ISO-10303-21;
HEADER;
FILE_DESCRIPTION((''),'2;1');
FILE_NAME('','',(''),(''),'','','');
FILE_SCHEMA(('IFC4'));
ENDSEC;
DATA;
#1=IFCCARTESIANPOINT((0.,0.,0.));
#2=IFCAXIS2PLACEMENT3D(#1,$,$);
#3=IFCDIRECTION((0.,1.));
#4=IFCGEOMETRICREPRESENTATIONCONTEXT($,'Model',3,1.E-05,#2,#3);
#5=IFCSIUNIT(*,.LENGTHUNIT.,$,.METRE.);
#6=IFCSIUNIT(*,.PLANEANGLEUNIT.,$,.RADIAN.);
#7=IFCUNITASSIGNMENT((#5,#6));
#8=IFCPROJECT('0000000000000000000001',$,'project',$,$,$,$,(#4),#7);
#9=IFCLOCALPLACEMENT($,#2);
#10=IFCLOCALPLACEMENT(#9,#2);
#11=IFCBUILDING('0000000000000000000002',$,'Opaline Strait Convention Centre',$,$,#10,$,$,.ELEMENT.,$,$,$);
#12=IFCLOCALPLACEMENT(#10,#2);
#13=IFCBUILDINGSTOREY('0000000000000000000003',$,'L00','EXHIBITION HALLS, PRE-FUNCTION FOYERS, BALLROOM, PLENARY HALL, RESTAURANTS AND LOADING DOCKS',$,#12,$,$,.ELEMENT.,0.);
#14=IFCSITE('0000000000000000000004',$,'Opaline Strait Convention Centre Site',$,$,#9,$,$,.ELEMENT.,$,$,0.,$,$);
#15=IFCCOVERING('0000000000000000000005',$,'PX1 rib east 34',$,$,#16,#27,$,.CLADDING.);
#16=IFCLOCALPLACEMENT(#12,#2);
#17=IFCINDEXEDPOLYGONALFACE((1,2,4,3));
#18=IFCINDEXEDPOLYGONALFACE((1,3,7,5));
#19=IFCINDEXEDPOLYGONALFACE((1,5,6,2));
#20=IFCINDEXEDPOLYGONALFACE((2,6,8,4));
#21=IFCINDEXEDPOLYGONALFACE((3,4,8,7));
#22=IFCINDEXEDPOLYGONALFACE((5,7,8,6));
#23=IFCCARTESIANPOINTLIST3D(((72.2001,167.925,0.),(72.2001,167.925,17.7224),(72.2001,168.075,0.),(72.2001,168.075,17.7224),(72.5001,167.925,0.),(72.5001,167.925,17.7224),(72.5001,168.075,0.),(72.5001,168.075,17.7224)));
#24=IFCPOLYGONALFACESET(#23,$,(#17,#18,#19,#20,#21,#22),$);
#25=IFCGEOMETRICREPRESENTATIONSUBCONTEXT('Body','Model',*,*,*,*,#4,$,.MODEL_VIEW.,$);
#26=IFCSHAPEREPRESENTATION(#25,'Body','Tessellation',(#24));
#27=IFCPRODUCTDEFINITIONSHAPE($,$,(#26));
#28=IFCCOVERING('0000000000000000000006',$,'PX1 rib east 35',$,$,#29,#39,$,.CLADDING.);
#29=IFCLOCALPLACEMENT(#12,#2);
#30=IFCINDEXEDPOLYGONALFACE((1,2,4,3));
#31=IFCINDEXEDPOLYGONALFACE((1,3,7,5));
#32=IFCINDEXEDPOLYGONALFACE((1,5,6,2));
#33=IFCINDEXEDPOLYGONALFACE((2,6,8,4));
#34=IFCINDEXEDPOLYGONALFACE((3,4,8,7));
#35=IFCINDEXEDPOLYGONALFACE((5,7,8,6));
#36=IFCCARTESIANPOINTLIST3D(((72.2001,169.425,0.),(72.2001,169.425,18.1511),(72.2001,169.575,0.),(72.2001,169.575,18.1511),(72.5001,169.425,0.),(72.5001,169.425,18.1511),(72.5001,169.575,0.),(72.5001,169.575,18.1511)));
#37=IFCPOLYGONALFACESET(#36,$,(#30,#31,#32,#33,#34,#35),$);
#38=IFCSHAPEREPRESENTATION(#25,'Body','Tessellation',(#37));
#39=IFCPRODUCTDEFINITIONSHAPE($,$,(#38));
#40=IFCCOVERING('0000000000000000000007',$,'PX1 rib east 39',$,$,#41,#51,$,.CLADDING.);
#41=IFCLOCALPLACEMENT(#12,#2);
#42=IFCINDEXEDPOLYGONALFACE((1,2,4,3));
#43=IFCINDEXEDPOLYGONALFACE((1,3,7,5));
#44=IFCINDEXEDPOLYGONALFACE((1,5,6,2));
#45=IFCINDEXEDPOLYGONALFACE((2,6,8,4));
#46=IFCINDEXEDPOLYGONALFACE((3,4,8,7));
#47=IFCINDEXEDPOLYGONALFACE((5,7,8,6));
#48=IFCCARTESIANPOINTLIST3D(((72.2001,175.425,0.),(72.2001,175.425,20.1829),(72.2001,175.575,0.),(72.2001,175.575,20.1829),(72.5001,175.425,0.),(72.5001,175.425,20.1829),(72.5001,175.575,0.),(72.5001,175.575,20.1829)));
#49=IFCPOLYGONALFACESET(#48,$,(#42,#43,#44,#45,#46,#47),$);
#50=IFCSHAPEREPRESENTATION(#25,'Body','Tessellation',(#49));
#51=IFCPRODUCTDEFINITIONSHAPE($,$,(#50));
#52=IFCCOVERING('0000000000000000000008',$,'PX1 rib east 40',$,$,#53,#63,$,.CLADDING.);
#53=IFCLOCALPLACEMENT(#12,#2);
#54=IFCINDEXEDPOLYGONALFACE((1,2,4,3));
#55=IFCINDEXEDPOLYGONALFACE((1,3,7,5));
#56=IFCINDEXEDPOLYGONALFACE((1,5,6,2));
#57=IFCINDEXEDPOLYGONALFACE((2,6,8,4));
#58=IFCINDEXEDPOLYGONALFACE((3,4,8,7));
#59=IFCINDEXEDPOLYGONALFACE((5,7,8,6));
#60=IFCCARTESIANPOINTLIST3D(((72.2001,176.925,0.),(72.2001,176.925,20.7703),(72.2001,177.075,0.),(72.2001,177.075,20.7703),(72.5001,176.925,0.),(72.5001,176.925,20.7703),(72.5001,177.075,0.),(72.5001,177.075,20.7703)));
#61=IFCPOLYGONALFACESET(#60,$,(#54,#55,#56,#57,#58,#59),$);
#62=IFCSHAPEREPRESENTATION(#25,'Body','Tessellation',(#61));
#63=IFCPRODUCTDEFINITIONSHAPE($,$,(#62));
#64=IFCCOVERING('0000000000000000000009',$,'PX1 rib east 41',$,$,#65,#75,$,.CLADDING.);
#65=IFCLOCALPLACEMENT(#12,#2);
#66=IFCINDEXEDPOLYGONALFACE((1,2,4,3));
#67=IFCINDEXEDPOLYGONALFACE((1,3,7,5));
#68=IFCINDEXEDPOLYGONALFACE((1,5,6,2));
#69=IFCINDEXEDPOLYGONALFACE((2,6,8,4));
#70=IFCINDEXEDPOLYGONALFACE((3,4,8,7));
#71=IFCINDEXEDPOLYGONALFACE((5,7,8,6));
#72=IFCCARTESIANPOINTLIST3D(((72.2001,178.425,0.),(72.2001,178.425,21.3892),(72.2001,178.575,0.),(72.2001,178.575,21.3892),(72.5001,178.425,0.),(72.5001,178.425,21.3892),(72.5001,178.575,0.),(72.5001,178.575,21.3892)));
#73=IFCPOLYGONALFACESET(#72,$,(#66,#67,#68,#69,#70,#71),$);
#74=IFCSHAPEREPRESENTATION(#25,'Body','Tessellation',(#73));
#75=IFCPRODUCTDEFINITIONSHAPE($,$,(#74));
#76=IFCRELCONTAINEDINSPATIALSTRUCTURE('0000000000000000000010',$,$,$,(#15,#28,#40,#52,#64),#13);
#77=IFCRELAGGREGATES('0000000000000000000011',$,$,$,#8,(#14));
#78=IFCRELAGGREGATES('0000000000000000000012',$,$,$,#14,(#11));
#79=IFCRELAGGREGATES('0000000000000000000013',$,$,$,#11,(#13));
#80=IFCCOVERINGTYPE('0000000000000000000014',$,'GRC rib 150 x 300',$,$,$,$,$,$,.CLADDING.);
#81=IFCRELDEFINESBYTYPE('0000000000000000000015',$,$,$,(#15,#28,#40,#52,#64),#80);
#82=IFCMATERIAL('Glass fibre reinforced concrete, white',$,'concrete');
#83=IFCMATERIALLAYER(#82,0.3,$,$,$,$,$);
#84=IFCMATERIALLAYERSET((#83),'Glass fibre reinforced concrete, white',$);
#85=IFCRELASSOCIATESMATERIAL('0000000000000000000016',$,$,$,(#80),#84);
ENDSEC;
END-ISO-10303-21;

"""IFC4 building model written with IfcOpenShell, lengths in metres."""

from ifc_helpers import new_model, si_unit, direction, frame, origin, origin_2d, place, context, subcontext, project, spatial, rectangle, extrude, material, layer, layer_set, type_object, element, save


model = new_model("IFC4")

# Units and contexts
model_context = context("Model", 3, precision=1e-05, world=origin(), true_north=direction((0.0, 1.0)))
body_context = subcontext(model_context, "Body", "Model", "MODEL_VIEW")
ifc_project = project(units=[si_unit("LENGTHUNIT", "METRE"), si_unit("PLANEANGLEUNIT", "RADIAN")], contexts=[model_context])

# Site, building, storey
site_placement = place(None, origin())
site = spatial("IfcSite", under=ifc_project, at=site_placement, Name="Opaline Strait Convention Centre Site", CompositionType="ELEMENT", RefElevation=0.0)
building_placement = place(site_placement, origin())
building = spatial("IfcBuilding", under=site, at=building_placement, Name="Opaline Strait Convention Centre", CompositionType="ELEMENT")
storey_placement = place(building_placement, origin())
storey = spatial("IfcBuildingStorey", under=building, at=storey_placement, Name="L00", Description="EXHIBITION HALLS, PRE-FUNCTION FOYERS, BALLROOM, PLENARY HALL, RESTAURANTS AND LOADING DOCKS", CompositionType="ELEMENT", Elevation=0.0)

# Coverings
ifc_material_1 = material(Name="Glass fibre reinforced concrete, white", Category="concrete")
ifc_layer_1 = layer(ifc_material_1, 0.3)
ifc_layer_set_1 = layer_set([ifc_layer_1], Name="Glass fibre reinforced concrete, white")
covering_type = type_object("IfcCoveringType", Name="GRC rib 150 x 300", PredefinedType="CLADDING", material=ifc_layer_set_1)
covering_1_placement = place(storey_placement, frame((72.3501, 168.0, 0.0), z_axis=(0.0, 0.0, 1.0), x_axis=(1.0, 0.0, 0.0)))
element("IfcCovering", 1, at=covering_1_placement, inside=storey, type_object=covering_type, Name="PX1 rib east 34", PredefinedType="CLADDING", context=body_context, shape_type="SweptSolid", body=[
    extrude(rectangle(XDim=0.3, YDim=0.1499, at=origin_2d()), origin(), (0.0, 0.0, 1.0), 17.7224),
])
covering_2_placement = place(storey_placement, frame((72.3501, 169.5, 0.0), z_axis=(0.0, 0.0, 1.0), x_axis=(1.0, 0.0, 0.0)))
element("IfcCovering", 2, at=covering_2_placement, inside=storey, type_object=covering_type, Name="PX1 rib east 35", PredefinedType="CLADDING", context=body_context, shape_type="SweptSolid", body=[
    extrude(rectangle(XDim=0.3, YDim=0.1499, at=origin_2d()), origin(), (0.0, 0.0, 1.0), 18.1511),
])
covering_3_placement = place(storey_placement, frame((72.3501, 175.5, 0.0), z_axis=(0.0, 0.0, 1.0), x_axis=(1.0, 0.0, 0.0)))
element("IfcCovering", 3, at=covering_3_placement, inside=storey, type_object=covering_type, Name="PX1 rib east 39", PredefinedType="CLADDING", context=body_context, shape_type="SweptSolid", body=[
    extrude(rectangle(XDim=0.3, YDim=0.1499, at=origin_2d()), origin(), (0.0, 0.0, 1.0), 20.1829),
])
covering_4_placement = place(storey_placement, frame((72.3501, 177.0, 0.0), z_axis=(0.0, 0.0, 1.0), x_axis=(1.0, 0.0, 0.0)))
element("IfcCovering", 4, at=covering_4_placement, inside=storey, type_object=covering_type, Name="PX1 rib east 40", PredefinedType="CLADDING", context=body_context, shape_type="SweptSolid", body=[
    extrude(rectangle(XDim=0.3, YDim=0.1499, at=origin_2d()), origin(), (0.0, 0.0, 1.0), 20.7703),
])
covering_5_placement = place(storey_placement, frame((72.3501, 178.5, 0.0), z_axis=(0.0, 0.0, 1.0), x_axis=(1.0, 0.0, 0.0)))
element("IfcCovering", 5, at=covering_5_placement, inside=storey, type_object=covering_type, Name="PX1 rib east 41", PredefinedType="CLADDING", context=body_context, shape_type="SweptSolid", body=[
    extrude(rectangle(XDim=0.3, YDim=0.1499, at=origin_2d()), origin(), (0.0, 0.0, 1.0), 21.3892),
])

save(model, "model.ifc")
